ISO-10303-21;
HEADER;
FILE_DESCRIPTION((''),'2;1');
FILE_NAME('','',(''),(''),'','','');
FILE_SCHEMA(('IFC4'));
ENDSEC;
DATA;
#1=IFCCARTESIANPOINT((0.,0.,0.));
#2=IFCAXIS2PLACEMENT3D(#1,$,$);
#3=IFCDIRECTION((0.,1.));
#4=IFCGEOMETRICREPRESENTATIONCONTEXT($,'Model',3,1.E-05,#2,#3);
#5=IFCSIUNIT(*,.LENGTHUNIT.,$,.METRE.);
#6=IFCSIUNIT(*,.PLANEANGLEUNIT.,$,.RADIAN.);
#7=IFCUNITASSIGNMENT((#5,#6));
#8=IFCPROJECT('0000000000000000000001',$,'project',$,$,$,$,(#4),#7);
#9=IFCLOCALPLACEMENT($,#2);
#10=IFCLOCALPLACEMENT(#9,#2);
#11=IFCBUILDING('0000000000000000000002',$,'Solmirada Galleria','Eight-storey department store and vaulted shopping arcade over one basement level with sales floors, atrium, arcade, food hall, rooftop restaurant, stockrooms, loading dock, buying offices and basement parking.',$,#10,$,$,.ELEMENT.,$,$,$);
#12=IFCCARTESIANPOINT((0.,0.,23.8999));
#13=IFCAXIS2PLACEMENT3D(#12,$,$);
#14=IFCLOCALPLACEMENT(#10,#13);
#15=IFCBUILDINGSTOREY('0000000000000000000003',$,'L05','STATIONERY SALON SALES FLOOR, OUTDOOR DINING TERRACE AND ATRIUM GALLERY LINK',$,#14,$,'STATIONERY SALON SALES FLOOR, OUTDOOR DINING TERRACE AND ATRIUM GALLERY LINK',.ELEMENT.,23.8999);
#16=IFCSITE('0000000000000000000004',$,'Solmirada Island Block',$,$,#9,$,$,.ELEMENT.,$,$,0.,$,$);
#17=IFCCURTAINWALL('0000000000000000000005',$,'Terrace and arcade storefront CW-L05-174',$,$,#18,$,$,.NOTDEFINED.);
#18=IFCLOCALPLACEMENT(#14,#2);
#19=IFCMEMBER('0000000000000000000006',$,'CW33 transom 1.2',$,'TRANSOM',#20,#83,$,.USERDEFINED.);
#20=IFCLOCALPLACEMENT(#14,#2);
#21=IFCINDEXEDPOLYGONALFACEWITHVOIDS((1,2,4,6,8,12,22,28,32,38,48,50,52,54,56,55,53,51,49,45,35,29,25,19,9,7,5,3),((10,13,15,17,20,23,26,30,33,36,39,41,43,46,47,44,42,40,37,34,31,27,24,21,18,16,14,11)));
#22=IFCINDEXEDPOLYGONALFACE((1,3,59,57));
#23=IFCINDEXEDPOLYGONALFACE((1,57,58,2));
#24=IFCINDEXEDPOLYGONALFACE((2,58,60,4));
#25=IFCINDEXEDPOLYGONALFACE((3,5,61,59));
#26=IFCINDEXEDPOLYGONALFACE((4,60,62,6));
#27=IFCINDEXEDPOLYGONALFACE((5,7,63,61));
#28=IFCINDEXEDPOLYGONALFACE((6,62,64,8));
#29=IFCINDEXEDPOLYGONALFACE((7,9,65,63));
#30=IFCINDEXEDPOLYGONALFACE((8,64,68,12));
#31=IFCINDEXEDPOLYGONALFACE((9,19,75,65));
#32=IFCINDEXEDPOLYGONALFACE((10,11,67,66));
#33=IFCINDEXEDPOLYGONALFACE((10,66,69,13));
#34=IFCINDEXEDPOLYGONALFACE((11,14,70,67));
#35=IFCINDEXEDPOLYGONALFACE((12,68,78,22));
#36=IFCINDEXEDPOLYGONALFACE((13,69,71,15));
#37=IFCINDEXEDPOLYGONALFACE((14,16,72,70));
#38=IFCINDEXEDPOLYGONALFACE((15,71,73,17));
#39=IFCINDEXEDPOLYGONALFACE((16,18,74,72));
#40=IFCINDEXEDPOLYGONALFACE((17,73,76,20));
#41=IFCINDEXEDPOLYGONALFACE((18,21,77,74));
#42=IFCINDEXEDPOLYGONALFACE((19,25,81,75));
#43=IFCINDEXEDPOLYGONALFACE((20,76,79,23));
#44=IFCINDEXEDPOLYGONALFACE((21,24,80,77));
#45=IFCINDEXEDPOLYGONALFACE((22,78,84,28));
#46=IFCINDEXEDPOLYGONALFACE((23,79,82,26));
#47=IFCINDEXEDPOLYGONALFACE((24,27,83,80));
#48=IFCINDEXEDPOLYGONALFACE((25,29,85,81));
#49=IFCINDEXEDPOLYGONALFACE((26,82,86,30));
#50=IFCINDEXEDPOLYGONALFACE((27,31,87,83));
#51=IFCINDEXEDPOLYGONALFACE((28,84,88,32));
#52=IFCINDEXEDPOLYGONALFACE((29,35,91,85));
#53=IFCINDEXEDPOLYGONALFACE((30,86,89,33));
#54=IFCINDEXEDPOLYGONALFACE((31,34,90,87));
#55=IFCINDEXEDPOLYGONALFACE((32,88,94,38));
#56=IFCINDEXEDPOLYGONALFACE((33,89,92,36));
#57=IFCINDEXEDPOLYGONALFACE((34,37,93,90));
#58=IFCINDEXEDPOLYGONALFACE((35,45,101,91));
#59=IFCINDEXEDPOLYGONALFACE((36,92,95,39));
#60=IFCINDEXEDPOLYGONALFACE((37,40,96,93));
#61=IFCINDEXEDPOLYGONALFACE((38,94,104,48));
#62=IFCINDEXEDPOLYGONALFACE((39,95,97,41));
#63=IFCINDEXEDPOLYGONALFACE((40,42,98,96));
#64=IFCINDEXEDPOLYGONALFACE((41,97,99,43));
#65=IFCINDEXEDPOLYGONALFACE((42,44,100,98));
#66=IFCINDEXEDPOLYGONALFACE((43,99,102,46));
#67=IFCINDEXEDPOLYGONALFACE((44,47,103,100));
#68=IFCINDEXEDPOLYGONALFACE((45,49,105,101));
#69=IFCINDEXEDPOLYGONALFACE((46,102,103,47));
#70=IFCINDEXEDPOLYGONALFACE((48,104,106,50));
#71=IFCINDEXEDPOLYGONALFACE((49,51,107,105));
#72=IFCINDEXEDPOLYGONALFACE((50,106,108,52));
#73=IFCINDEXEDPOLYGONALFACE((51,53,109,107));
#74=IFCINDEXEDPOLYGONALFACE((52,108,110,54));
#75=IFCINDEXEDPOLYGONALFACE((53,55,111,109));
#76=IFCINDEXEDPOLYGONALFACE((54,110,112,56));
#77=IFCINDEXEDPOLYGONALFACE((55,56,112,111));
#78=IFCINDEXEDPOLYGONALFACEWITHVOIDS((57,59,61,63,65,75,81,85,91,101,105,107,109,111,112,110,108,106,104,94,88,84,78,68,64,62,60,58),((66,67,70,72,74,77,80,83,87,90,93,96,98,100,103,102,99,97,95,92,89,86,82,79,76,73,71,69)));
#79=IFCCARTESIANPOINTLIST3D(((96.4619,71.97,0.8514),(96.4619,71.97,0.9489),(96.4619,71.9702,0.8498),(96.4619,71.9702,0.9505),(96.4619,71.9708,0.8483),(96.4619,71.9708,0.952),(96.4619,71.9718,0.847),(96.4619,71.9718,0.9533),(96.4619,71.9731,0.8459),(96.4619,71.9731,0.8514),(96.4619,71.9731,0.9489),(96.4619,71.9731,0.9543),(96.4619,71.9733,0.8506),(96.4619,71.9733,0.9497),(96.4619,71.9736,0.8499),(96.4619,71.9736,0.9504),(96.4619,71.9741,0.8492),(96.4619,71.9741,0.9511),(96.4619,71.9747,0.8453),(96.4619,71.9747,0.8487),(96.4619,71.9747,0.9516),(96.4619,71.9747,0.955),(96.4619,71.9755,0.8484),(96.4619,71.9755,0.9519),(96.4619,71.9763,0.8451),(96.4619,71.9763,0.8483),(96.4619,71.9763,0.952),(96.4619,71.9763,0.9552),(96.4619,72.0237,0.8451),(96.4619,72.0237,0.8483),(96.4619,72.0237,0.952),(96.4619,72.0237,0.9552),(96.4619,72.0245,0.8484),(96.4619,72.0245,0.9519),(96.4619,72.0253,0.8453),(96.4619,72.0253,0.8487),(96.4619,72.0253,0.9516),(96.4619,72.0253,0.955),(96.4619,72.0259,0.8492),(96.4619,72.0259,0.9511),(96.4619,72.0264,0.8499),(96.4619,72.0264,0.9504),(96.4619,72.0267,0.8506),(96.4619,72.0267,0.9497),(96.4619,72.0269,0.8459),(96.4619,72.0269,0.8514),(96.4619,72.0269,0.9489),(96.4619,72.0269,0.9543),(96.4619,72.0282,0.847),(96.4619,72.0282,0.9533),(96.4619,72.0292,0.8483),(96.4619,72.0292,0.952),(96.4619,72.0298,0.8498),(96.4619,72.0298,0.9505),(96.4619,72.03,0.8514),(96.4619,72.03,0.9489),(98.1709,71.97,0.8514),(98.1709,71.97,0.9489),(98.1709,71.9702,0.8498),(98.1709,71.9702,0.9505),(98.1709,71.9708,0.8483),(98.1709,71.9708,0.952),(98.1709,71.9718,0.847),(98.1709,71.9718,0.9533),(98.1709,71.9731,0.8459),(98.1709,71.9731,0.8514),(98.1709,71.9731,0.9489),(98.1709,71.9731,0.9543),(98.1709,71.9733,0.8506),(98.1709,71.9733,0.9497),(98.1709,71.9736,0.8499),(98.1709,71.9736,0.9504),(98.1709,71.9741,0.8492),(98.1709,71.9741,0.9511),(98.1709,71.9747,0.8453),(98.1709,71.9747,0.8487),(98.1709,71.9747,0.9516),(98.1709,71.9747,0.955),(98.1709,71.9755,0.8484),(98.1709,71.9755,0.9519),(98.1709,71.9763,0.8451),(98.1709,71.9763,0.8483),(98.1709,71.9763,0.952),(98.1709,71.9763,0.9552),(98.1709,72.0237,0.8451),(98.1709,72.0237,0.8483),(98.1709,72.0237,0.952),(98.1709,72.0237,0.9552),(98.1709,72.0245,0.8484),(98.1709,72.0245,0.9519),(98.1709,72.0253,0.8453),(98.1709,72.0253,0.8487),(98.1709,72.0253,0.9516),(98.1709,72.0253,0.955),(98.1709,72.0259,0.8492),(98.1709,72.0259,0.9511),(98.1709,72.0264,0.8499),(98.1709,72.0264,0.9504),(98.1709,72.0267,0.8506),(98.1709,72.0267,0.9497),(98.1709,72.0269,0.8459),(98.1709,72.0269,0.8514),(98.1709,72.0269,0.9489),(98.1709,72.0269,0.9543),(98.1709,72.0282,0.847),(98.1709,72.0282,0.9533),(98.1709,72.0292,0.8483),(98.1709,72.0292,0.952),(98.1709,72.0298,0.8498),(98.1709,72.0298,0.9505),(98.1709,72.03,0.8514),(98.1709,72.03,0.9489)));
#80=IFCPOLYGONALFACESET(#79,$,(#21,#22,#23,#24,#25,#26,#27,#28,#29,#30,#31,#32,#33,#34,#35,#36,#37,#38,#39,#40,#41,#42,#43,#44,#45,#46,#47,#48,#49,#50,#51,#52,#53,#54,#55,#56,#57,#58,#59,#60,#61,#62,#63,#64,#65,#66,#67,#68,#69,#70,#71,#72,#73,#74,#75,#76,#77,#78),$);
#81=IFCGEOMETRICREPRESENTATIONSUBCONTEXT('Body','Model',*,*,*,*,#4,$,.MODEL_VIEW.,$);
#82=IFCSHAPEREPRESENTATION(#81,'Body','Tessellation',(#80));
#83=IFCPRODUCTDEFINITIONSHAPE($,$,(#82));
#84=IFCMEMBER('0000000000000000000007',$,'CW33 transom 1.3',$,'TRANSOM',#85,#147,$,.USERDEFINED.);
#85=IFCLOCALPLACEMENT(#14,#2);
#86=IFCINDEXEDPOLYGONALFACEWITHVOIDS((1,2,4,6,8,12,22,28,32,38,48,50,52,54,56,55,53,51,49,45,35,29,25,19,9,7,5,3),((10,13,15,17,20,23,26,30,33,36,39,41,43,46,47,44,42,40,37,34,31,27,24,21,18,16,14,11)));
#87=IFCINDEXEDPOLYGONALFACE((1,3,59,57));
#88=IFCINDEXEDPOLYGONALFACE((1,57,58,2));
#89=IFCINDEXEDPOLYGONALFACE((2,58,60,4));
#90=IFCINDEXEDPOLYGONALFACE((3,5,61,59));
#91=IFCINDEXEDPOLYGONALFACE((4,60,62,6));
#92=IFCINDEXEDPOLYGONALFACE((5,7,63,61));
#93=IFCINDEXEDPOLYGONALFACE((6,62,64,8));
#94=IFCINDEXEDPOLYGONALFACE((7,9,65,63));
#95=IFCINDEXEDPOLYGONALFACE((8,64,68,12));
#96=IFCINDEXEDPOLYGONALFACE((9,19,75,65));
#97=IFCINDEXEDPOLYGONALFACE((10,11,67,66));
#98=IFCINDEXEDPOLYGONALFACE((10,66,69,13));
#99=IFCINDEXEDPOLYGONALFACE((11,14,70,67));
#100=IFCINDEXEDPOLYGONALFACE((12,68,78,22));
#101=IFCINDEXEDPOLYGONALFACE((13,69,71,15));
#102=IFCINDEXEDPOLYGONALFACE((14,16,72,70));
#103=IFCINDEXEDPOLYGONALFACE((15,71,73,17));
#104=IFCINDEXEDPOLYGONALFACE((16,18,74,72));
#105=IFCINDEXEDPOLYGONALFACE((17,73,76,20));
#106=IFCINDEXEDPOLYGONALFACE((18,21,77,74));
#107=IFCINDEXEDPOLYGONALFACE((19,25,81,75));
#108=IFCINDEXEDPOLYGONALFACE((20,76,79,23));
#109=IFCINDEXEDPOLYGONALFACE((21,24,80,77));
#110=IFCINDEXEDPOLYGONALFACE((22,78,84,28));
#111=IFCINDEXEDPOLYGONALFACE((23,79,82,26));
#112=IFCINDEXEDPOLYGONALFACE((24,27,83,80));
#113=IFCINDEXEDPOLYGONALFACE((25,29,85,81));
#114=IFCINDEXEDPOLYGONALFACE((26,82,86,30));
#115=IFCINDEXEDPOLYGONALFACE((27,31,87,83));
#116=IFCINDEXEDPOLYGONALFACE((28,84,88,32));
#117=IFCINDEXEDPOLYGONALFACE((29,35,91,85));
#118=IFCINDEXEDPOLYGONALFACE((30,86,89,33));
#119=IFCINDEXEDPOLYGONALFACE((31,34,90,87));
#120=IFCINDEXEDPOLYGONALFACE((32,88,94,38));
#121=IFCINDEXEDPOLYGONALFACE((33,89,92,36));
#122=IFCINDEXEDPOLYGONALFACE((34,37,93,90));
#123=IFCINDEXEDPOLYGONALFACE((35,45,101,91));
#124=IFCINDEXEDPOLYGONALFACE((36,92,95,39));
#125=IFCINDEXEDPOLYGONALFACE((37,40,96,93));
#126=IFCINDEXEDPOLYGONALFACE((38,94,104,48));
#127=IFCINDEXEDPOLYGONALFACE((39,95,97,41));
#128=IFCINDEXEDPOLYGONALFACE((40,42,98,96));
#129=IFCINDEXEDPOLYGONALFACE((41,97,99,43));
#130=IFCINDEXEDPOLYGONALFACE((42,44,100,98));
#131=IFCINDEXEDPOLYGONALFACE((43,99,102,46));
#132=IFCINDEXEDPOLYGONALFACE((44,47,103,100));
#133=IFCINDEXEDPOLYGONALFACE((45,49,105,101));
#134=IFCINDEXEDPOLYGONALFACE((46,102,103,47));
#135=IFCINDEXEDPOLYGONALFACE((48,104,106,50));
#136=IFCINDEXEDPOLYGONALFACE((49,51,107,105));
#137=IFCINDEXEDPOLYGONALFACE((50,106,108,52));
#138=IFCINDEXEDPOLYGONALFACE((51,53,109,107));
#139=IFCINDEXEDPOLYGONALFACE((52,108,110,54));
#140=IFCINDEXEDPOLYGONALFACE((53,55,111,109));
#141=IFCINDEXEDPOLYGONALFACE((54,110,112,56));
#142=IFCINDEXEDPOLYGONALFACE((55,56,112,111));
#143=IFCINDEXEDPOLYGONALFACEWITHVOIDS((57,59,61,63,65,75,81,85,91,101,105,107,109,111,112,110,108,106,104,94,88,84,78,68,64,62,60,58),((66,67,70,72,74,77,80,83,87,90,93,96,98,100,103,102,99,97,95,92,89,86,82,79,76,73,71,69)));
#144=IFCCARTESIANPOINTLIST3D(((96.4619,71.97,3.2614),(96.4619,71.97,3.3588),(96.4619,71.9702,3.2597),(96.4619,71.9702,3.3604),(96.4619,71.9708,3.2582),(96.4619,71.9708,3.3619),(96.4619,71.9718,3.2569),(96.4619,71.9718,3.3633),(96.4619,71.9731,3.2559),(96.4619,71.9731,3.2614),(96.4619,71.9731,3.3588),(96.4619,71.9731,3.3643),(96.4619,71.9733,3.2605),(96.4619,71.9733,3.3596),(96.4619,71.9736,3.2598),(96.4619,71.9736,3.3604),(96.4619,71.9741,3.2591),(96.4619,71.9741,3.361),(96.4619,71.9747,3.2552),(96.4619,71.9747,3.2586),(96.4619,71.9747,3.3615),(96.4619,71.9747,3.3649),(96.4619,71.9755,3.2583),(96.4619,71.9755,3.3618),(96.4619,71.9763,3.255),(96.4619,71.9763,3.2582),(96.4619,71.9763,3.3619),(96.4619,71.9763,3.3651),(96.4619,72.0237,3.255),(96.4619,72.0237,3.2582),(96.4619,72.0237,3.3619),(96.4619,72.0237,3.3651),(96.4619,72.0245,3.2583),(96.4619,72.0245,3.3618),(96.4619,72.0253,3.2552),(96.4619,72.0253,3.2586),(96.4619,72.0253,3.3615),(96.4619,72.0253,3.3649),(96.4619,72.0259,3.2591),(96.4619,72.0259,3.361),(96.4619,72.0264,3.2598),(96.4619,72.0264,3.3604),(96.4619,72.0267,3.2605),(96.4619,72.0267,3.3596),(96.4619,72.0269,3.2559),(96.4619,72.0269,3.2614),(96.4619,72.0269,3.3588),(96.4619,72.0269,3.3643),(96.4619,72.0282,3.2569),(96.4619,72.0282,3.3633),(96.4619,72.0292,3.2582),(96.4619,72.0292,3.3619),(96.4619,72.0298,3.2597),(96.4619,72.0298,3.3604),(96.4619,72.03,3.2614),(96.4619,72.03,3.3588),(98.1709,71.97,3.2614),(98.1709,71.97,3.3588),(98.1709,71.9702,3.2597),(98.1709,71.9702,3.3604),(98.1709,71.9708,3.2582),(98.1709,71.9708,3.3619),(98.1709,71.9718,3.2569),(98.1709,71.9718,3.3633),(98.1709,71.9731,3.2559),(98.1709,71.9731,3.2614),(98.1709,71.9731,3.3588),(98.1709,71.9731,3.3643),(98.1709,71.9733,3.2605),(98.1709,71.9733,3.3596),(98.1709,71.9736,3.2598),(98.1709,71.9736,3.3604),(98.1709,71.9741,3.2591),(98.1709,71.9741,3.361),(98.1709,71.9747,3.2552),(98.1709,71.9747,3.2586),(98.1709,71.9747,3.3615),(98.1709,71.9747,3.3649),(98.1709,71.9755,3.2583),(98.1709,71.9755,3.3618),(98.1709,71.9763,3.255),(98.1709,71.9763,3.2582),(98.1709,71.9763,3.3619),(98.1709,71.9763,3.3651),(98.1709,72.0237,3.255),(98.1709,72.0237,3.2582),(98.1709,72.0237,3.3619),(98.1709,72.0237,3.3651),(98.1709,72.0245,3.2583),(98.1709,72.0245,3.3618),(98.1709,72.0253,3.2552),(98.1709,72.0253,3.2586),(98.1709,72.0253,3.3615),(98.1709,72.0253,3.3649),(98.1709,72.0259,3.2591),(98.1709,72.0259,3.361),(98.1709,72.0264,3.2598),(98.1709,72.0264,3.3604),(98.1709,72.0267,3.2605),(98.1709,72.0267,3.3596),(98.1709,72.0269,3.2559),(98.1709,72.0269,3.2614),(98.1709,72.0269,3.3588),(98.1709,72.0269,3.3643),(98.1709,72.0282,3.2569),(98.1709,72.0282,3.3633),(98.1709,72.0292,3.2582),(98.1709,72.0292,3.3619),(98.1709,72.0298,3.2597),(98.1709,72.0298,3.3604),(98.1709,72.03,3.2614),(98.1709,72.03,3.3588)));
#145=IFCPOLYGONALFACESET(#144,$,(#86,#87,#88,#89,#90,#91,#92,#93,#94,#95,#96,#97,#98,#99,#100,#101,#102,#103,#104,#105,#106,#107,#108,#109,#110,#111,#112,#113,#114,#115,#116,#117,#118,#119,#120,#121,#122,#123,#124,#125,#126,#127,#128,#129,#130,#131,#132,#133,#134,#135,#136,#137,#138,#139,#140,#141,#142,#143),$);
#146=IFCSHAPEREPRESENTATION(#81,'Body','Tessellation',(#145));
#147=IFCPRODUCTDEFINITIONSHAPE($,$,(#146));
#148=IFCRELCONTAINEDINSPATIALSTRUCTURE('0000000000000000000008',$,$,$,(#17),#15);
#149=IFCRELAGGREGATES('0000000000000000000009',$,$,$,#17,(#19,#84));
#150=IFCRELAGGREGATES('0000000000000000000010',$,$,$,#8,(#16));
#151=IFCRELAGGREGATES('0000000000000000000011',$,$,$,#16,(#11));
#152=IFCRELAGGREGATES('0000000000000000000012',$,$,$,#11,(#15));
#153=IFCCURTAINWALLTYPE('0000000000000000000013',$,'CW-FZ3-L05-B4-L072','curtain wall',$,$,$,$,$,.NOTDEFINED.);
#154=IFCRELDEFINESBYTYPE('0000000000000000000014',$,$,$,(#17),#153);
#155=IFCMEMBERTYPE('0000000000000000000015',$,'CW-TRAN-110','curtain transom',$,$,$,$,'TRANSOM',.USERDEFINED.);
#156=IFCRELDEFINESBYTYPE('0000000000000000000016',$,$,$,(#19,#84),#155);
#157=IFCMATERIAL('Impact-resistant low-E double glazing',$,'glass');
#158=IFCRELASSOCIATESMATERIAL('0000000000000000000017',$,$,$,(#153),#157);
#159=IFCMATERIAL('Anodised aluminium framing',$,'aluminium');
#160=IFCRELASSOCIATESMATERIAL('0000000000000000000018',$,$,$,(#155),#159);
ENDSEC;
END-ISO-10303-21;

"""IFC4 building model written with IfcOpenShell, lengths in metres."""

from ifc_helpers import new_model, si_unit, direction, frame, origin, origin_2d, place, context, subcontext, project, spatial, hollow_rectangle, extrude, material, material_profile, profile_set, type_object, element, aggregate, save


model = new_model("IFC4")

# Units and contexts
model_context = context("Model", 3, precision=1e-05, world=origin(), true_north=direction((0.0, 1.0)))
body_context = subcontext(model_context, "Body", "Model", "MODEL_VIEW")
ifc_project = project(units=[si_unit("LENGTHUNIT", "METRE"), si_unit("PLANEANGLEUNIT", "RADIAN")], contexts=[model_context])

# Site, building, storey
site_placement = place(None, origin())
site = spatial("IfcSite", under=ifc_project, at=site_placement, Name="Solmirada Island Block", CompositionType="ELEMENT", RefElevation=0.0)
building_placement = place(site_placement, origin())
building = spatial("IfcBuilding", under=site, at=building_placement, Name="Solmirada Galleria", Description="Eight-storey department store and vaulted shopping arcade over one basement level with sales floors, atrium, arcade, food hall, rooftop restaurant, stockrooms, loading dock, buying offices and basement parking.", CompositionType="ELEMENT")
storey_placement = place(building_placement, frame((0.0, 0.0, 23.8999)))
storey = spatial("IfcBuildingStorey", under=building, at=storey_placement, Name="L05", Description="STATIONERY SALON SALES FLOOR, OUTDOOR DINING TERRACE AND ATRIUM GALLERY LINK", LongName="STATIONERY SALON SALES FLOOR, OUTDOOR DINING TERRACE AND ATRIUM GALLERY LINK", CompositionType="ELEMENT", Elevation=23.8999)

# Shared definitions
ifc_material_1 = material(Name="Impact-resistant low-E double glazing", Category="glass")
curtain_wall_type = type_object("IfcCurtainWallType", Name="CW-FZ3-L05-B4-L072", Description="curtain wall", PredefinedType="NOTDEFINED", material=ifc_material_1)
ifc_material_2 = material(Name="Anodised aluminium framing", Category="aluminium")

# Curtain wall, members
curtain_wall_1_placement = place(storey_placement, origin())
curtain_wall_1 = element("IfcCurtainWall", 1, at=curtain_wall_1_placement, inside=storey, type_object=curtain_wall_type, Name="Terrace and arcade storefront CW-L05-174", PredefinedType="NOTDEFINED")
ifc_material_profile_1 = material_profile(ifc_material_2, hollow_rectangle(XDim=0.0601, YDim=0.1101, WallThickness=0.0032, InnerFilletRadius=0.0032, OuterFilletRadius=0.0063, at=origin_2d()), Name="ALU-TRAN-110X60")
ifc_profile_set_1 = profile_set([ifc_material_profile_1], Name="Anodised aluminium framing")
member_type_1 = type_object("IfcMemberType", Name="CW-TRAN-110", Description="curtain transom", ElementType="TRANSOM", PredefinedType="USERDEFINED", material=ifc_profile_set_1)
member_1_placement = place(storey_placement, frame((96.4619, 72.0, 0.9001), z_axis=(1.0, 0.0, 0.0), x_axis=(0.0, 1.0, 0.0)))
member_1 = element("IfcMember", 2, at=member_1_placement, type_object=member_type_1, Name="CW33 transom 1.2", ObjectType="TRANSOM", PredefinedType="USERDEFINED", context=body_context, shape_type="SweptSolid", body=[
    extrude(hollow_rectangle(XDim=0.0601, YDim=0.1101, WallThickness=0.0032, InnerFilletRadius=0.0032, OuterFilletRadius=0.0063, at=origin_2d()), origin(), (0.0, 0.0, 1.0), 1.709),
])
member_2_placement = place(storey_placement, frame((96.4619, 72.0, 3.3101), z_axis=(1.0, 0.0, 0.0), x_axis=(0.0, 1.0, 0.0)))
member_2 = element("IfcMember", 3, at=member_2_placement, type_object=member_type_1, Name="CW33 transom 1.3", ObjectType="TRANSOM", PredefinedType="USERDEFINED", context=body_context, shape_type="SweptSolid", body=[
    extrude(hollow_rectangle(XDim=0.0601, YDim=0.1101, WallThickness=0.0032, InnerFilletRadius=0.0032, OuterFilletRadius=0.0063, at=origin_2d()), origin(), (0.0, 0.0, 1.0), 1.709),
])

aggregate(curtain_wall_1, [member_1, member_2])

save(model, "model.ifc")
